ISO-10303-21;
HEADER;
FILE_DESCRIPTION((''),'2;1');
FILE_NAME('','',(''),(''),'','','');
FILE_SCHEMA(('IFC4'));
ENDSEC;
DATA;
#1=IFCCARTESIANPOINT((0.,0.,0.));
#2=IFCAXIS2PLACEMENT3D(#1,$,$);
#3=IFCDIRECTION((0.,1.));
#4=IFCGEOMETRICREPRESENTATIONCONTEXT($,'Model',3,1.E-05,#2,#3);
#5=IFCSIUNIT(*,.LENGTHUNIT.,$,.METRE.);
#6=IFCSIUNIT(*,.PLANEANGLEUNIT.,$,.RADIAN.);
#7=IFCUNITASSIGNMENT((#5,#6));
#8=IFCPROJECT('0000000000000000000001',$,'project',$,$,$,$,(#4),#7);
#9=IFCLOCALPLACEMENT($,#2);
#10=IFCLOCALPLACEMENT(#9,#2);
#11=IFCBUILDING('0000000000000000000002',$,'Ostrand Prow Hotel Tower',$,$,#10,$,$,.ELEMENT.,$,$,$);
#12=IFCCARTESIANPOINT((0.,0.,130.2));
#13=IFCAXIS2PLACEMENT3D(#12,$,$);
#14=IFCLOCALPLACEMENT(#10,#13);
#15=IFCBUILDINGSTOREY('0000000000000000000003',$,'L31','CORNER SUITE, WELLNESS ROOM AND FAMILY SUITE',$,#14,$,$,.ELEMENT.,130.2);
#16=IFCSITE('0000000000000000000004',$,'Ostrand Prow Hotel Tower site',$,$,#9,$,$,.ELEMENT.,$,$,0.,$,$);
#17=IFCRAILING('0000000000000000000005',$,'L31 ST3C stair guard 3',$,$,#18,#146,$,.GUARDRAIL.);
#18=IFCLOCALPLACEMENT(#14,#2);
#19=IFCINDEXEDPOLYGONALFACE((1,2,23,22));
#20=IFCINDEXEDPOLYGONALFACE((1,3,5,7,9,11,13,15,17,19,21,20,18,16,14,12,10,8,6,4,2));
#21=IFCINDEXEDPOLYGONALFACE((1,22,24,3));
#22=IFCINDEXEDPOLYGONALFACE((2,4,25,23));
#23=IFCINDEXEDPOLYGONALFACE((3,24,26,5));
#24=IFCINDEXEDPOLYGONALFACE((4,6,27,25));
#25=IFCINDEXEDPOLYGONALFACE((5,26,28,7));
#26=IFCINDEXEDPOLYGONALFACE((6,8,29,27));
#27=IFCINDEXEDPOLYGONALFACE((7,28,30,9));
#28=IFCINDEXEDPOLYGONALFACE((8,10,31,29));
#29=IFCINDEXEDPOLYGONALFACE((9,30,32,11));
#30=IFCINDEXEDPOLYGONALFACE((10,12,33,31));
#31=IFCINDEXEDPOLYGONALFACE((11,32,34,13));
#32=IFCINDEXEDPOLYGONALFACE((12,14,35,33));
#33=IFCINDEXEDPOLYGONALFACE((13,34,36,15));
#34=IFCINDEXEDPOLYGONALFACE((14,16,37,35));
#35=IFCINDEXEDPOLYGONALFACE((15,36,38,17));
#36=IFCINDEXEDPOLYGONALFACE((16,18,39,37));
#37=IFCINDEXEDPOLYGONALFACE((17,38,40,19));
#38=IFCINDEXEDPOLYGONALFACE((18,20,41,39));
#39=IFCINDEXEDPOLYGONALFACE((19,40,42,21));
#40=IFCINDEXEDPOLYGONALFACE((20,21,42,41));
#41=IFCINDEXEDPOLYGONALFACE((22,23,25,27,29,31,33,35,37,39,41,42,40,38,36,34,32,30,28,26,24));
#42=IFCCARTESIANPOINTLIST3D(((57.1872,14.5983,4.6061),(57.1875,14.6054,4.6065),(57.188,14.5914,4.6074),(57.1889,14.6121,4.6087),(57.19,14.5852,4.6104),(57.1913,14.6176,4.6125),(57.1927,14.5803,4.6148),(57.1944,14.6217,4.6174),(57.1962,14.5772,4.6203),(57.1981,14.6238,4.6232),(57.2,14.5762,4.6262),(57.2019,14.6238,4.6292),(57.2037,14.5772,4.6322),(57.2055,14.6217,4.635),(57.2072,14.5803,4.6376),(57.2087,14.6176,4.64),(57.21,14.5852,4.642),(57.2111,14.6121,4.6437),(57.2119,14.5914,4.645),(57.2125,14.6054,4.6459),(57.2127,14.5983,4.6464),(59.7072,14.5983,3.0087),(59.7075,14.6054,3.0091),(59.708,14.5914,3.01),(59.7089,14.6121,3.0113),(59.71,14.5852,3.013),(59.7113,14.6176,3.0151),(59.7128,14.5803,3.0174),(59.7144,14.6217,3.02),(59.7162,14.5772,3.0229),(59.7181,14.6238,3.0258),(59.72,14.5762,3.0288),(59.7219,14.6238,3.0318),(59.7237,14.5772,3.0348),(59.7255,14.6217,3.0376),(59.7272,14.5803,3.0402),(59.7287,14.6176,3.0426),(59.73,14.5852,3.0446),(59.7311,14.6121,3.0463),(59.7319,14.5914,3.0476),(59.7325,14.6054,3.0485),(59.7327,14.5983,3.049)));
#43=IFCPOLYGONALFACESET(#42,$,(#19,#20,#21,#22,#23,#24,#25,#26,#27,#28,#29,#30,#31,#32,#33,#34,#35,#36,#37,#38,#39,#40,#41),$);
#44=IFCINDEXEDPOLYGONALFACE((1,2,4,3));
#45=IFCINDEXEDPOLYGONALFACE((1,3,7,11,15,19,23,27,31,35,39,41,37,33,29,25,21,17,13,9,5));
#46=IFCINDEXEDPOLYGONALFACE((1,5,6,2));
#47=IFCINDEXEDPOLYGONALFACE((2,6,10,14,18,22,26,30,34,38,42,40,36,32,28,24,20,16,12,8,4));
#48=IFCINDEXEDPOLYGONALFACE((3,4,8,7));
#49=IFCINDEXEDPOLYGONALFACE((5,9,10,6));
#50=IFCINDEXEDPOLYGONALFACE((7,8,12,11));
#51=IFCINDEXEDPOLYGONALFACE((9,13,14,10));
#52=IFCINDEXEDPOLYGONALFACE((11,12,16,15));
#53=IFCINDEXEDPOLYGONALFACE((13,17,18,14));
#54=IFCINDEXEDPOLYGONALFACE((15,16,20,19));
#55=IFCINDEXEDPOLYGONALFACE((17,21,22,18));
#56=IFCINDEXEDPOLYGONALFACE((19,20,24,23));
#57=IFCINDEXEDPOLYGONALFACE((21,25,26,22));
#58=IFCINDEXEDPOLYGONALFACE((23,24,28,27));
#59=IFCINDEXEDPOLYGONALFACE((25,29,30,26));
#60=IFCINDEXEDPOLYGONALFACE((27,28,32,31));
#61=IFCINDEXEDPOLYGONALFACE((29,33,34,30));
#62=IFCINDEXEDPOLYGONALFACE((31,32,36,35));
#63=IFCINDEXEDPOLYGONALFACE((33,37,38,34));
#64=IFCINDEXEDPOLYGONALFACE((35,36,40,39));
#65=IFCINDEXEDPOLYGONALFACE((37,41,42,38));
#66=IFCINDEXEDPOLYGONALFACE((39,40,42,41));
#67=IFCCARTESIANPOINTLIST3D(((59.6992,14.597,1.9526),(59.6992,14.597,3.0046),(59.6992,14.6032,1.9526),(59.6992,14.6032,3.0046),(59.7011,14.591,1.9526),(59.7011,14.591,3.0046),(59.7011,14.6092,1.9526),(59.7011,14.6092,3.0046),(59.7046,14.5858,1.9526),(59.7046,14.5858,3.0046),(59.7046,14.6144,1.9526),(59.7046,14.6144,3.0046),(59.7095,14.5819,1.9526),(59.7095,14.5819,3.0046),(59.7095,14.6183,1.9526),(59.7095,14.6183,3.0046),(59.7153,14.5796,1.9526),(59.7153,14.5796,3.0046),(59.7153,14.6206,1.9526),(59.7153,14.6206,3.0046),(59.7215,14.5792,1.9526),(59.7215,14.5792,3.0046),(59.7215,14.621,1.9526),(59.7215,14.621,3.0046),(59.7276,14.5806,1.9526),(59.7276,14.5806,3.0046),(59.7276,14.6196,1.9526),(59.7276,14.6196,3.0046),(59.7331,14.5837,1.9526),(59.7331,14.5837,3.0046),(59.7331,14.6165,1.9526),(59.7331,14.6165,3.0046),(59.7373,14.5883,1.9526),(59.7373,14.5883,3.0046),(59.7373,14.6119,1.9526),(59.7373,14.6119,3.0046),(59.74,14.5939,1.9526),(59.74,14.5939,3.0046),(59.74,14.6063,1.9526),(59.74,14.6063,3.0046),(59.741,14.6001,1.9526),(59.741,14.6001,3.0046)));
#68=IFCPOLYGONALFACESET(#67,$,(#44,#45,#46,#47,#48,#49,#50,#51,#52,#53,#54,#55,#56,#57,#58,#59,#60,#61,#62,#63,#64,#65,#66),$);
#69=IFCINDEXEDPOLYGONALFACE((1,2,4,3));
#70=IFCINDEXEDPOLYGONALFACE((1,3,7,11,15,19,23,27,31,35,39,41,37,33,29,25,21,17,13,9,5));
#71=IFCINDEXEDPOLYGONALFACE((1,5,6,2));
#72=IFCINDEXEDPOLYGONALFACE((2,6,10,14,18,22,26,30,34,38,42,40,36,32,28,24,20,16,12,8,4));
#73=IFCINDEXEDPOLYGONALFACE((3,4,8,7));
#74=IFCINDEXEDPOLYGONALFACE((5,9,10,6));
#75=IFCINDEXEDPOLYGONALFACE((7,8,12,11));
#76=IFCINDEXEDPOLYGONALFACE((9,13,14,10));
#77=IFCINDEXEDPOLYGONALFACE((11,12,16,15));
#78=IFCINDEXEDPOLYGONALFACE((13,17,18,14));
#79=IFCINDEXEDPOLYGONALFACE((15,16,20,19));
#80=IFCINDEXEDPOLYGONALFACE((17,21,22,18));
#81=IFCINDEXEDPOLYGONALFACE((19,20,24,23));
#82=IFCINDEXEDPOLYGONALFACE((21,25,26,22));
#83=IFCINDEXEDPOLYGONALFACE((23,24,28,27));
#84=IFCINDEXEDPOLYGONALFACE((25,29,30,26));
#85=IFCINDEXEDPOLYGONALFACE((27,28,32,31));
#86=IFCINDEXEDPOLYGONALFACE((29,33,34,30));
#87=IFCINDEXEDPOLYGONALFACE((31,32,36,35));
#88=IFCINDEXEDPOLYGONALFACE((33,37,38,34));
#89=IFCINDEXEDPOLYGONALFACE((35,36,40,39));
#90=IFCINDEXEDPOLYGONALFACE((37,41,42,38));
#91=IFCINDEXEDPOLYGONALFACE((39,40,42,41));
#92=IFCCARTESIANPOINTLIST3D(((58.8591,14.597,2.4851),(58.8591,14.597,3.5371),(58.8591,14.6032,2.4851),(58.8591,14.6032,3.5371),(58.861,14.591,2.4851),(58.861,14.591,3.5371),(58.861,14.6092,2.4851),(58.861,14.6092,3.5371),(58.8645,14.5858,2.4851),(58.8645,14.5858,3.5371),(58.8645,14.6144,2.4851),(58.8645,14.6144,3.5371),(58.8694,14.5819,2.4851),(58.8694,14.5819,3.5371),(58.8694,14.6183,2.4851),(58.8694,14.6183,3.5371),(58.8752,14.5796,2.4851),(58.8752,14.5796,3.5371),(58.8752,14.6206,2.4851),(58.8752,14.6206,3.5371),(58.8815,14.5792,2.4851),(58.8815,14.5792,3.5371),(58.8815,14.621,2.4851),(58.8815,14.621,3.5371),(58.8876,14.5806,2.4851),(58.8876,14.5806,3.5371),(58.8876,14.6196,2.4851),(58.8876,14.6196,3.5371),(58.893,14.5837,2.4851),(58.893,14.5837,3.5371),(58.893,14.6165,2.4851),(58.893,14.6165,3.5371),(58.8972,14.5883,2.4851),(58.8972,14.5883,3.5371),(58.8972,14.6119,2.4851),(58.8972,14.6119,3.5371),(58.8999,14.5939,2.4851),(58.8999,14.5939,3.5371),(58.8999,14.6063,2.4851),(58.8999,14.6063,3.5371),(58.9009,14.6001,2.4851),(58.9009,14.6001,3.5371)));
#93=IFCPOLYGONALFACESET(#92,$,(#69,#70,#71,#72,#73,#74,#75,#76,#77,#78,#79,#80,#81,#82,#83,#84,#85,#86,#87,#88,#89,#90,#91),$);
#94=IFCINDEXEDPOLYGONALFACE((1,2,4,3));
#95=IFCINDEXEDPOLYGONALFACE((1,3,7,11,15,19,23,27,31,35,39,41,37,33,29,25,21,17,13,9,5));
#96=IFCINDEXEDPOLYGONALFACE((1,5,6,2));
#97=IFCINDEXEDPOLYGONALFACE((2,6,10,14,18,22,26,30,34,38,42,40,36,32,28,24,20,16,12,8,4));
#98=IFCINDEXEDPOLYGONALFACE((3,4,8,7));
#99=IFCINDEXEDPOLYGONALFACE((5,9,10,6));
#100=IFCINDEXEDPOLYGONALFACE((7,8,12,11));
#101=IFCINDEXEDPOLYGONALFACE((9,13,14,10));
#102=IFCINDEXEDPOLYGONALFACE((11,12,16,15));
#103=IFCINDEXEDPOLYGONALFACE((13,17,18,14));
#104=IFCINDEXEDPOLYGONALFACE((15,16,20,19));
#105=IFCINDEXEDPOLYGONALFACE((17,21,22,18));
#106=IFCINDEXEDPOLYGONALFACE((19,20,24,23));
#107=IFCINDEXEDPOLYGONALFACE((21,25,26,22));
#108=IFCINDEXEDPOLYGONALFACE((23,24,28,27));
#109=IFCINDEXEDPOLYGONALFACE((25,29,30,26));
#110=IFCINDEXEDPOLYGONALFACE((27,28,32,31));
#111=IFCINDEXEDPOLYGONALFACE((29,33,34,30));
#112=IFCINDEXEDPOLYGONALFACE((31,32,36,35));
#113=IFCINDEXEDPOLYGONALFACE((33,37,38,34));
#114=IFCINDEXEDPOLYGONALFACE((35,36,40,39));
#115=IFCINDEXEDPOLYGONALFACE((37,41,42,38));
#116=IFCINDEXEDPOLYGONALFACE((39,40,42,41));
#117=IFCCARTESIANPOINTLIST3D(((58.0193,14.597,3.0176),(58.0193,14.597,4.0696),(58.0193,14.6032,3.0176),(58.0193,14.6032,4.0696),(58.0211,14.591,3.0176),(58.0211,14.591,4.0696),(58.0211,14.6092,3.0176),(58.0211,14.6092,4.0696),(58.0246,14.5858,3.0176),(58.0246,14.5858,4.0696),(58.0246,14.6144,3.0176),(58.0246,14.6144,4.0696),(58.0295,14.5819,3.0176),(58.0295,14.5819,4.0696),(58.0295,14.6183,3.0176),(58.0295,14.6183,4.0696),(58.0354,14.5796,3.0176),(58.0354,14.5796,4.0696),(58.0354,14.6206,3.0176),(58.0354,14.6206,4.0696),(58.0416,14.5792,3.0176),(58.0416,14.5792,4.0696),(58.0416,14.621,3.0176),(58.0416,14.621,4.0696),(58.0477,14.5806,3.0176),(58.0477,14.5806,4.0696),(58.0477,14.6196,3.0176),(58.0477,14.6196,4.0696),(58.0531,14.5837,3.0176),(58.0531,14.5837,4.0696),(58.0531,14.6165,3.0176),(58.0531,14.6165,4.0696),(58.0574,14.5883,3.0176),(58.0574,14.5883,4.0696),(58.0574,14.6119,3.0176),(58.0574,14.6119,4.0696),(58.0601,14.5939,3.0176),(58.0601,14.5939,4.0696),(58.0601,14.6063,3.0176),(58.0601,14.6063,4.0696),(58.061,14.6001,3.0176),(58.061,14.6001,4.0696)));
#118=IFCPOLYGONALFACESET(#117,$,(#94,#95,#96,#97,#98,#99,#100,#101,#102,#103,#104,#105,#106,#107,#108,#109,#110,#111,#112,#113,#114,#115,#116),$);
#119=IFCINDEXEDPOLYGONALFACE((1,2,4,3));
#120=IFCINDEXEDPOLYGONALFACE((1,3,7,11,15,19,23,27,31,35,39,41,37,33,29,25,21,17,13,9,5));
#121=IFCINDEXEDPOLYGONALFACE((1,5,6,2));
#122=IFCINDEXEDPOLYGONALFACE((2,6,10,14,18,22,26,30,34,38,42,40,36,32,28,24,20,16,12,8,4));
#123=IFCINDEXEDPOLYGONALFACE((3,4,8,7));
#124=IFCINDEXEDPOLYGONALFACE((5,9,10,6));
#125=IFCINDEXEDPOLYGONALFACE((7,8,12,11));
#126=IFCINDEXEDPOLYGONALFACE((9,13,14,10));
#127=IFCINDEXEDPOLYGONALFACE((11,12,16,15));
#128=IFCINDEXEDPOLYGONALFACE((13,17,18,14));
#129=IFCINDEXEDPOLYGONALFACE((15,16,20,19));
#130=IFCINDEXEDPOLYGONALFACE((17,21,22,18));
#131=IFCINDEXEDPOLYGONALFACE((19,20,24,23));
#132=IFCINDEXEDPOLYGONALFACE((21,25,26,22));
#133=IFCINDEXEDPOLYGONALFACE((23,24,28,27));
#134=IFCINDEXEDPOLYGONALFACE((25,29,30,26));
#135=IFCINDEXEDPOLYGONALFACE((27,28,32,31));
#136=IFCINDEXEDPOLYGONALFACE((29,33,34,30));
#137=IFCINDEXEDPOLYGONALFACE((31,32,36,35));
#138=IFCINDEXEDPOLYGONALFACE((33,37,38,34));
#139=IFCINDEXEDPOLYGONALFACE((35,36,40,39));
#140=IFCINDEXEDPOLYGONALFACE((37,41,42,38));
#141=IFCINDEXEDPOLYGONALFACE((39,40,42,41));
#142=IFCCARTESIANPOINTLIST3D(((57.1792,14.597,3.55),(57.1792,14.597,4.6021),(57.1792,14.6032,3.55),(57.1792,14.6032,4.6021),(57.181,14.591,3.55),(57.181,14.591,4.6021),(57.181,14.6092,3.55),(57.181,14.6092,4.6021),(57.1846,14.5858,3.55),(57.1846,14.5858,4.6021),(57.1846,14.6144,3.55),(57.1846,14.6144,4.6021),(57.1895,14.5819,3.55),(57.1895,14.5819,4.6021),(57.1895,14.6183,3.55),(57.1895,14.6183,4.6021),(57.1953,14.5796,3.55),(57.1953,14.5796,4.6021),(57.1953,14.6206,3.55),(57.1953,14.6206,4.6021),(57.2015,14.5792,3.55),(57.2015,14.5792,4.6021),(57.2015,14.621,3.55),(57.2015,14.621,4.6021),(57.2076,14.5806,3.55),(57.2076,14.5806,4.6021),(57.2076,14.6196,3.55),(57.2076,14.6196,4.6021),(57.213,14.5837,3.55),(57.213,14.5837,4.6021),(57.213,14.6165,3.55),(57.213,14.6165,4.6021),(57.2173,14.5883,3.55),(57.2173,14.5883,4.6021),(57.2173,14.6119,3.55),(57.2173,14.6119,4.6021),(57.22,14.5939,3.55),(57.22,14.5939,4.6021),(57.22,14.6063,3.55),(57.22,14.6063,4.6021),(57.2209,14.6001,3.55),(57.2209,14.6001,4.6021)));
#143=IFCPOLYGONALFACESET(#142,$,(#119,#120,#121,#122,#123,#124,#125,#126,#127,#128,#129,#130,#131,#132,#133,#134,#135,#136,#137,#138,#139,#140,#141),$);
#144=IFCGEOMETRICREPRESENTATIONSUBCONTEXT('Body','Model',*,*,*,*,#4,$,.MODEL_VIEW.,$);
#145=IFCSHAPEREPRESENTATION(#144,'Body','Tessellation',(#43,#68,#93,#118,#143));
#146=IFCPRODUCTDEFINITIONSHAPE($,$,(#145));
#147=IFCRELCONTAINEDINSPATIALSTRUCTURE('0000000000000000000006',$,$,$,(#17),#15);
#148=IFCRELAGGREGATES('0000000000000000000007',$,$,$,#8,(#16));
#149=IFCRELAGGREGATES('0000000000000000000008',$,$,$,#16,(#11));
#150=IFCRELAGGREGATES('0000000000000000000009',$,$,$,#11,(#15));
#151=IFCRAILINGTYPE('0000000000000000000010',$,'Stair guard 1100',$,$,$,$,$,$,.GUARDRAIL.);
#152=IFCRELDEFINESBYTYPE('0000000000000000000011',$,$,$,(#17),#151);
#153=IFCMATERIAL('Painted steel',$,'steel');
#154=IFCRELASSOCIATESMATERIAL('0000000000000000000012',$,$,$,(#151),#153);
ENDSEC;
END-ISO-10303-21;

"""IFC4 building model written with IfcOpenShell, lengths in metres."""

from ifc_helpers import new_model, si_unit, direction, frame, origin, origin_2d, place, context, subcontext, project, spatial, circle, extrude, material, type_object, element, save


model = new_model("IFC4")

# Units and contexts
model_context = context("Model", 3, precision=1e-05, world=origin(), true_north=direction((0.0, 1.0)))
body_context = subcontext(model_context, "Body", "Model", "MODEL_VIEW")
ifc_project = project(units=[si_unit("LENGTHUNIT", "METRE"), si_unit("PLANEANGLEUNIT", "RADIAN")], contexts=[model_context])

# Site, building, storey
site_placement = place(None, origin())
site = spatial("IfcSite", under=ifc_project, at=site_placement, Name="Ostrand Prow Hotel Tower site", CompositionType="ELEMENT", RefElevation=0.0)
building_placement = place(site_placement, origin())
building = spatial("IfcBuilding", under=site, at=building_placement, Name="Ostrand Prow Hotel Tower", CompositionType="ELEMENT")
storey_placement = place(building_placement, frame((0.0, 0.0, 130.2)))
storey = spatial("IfcBuildingStorey", under=building, at=storey_placement, Name="L31", Description="CORNER SUITE, WELLNESS ROOM AND FAMILY SUITE", CompositionType="ELEMENT", Elevation=130.2)

# Railing
ifc_material_1 = material(Name="Painted steel", Category="steel")
railing_type_1 = type_object("IfcRailingType", Name="Stair guard 1100", PredefinedType="GUARDRAIL", material=ifc_material_1)
railing_1_placement = place(storey_placement, frame((59.72, 14.6001, 1.9526)))
element("IfcRailing", 1, at=railing_1_placement, inside=storey, type_object=railing_type_1, Name="L31 ST3C stair guard 3", PredefinedType="GUARDRAIL", context=body_context, shape_type="SweptSolid", body=[
    extrude(circle(Radius=0.0239, at=origin_2d()), frame((0.0, 0.0, 1.0762), z_axis=(-0.844607, 0.0, 0.535387), x_axis=(0.0, -1.0, 0.0)), (0.0, 0.0, 1.0), 2.9836),
    extrude(circle(Radius=0.021, at=origin_2d()), origin(), (0.0, 0.0, 1.0), 1.052),
    extrude(circle(Radius=0.021, at=origin_2d()), frame((-0.8401, 0.0, 0.5325)), (0.0, 0.0, 1.0), 1.052),
    extrude(circle(Radius=0.021, at=origin_2d()), frame((-1.6799, 0.0, 1.0649)), (0.0, 0.0, 1.0), 1.052),
    extrude(circle(Radius=0.021, at=origin_2d()), frame((-2.52, 0.0, 1.5974)), (0.0, 0.0, 1.0), 1.052),
])

save(model, "model.ifc")
